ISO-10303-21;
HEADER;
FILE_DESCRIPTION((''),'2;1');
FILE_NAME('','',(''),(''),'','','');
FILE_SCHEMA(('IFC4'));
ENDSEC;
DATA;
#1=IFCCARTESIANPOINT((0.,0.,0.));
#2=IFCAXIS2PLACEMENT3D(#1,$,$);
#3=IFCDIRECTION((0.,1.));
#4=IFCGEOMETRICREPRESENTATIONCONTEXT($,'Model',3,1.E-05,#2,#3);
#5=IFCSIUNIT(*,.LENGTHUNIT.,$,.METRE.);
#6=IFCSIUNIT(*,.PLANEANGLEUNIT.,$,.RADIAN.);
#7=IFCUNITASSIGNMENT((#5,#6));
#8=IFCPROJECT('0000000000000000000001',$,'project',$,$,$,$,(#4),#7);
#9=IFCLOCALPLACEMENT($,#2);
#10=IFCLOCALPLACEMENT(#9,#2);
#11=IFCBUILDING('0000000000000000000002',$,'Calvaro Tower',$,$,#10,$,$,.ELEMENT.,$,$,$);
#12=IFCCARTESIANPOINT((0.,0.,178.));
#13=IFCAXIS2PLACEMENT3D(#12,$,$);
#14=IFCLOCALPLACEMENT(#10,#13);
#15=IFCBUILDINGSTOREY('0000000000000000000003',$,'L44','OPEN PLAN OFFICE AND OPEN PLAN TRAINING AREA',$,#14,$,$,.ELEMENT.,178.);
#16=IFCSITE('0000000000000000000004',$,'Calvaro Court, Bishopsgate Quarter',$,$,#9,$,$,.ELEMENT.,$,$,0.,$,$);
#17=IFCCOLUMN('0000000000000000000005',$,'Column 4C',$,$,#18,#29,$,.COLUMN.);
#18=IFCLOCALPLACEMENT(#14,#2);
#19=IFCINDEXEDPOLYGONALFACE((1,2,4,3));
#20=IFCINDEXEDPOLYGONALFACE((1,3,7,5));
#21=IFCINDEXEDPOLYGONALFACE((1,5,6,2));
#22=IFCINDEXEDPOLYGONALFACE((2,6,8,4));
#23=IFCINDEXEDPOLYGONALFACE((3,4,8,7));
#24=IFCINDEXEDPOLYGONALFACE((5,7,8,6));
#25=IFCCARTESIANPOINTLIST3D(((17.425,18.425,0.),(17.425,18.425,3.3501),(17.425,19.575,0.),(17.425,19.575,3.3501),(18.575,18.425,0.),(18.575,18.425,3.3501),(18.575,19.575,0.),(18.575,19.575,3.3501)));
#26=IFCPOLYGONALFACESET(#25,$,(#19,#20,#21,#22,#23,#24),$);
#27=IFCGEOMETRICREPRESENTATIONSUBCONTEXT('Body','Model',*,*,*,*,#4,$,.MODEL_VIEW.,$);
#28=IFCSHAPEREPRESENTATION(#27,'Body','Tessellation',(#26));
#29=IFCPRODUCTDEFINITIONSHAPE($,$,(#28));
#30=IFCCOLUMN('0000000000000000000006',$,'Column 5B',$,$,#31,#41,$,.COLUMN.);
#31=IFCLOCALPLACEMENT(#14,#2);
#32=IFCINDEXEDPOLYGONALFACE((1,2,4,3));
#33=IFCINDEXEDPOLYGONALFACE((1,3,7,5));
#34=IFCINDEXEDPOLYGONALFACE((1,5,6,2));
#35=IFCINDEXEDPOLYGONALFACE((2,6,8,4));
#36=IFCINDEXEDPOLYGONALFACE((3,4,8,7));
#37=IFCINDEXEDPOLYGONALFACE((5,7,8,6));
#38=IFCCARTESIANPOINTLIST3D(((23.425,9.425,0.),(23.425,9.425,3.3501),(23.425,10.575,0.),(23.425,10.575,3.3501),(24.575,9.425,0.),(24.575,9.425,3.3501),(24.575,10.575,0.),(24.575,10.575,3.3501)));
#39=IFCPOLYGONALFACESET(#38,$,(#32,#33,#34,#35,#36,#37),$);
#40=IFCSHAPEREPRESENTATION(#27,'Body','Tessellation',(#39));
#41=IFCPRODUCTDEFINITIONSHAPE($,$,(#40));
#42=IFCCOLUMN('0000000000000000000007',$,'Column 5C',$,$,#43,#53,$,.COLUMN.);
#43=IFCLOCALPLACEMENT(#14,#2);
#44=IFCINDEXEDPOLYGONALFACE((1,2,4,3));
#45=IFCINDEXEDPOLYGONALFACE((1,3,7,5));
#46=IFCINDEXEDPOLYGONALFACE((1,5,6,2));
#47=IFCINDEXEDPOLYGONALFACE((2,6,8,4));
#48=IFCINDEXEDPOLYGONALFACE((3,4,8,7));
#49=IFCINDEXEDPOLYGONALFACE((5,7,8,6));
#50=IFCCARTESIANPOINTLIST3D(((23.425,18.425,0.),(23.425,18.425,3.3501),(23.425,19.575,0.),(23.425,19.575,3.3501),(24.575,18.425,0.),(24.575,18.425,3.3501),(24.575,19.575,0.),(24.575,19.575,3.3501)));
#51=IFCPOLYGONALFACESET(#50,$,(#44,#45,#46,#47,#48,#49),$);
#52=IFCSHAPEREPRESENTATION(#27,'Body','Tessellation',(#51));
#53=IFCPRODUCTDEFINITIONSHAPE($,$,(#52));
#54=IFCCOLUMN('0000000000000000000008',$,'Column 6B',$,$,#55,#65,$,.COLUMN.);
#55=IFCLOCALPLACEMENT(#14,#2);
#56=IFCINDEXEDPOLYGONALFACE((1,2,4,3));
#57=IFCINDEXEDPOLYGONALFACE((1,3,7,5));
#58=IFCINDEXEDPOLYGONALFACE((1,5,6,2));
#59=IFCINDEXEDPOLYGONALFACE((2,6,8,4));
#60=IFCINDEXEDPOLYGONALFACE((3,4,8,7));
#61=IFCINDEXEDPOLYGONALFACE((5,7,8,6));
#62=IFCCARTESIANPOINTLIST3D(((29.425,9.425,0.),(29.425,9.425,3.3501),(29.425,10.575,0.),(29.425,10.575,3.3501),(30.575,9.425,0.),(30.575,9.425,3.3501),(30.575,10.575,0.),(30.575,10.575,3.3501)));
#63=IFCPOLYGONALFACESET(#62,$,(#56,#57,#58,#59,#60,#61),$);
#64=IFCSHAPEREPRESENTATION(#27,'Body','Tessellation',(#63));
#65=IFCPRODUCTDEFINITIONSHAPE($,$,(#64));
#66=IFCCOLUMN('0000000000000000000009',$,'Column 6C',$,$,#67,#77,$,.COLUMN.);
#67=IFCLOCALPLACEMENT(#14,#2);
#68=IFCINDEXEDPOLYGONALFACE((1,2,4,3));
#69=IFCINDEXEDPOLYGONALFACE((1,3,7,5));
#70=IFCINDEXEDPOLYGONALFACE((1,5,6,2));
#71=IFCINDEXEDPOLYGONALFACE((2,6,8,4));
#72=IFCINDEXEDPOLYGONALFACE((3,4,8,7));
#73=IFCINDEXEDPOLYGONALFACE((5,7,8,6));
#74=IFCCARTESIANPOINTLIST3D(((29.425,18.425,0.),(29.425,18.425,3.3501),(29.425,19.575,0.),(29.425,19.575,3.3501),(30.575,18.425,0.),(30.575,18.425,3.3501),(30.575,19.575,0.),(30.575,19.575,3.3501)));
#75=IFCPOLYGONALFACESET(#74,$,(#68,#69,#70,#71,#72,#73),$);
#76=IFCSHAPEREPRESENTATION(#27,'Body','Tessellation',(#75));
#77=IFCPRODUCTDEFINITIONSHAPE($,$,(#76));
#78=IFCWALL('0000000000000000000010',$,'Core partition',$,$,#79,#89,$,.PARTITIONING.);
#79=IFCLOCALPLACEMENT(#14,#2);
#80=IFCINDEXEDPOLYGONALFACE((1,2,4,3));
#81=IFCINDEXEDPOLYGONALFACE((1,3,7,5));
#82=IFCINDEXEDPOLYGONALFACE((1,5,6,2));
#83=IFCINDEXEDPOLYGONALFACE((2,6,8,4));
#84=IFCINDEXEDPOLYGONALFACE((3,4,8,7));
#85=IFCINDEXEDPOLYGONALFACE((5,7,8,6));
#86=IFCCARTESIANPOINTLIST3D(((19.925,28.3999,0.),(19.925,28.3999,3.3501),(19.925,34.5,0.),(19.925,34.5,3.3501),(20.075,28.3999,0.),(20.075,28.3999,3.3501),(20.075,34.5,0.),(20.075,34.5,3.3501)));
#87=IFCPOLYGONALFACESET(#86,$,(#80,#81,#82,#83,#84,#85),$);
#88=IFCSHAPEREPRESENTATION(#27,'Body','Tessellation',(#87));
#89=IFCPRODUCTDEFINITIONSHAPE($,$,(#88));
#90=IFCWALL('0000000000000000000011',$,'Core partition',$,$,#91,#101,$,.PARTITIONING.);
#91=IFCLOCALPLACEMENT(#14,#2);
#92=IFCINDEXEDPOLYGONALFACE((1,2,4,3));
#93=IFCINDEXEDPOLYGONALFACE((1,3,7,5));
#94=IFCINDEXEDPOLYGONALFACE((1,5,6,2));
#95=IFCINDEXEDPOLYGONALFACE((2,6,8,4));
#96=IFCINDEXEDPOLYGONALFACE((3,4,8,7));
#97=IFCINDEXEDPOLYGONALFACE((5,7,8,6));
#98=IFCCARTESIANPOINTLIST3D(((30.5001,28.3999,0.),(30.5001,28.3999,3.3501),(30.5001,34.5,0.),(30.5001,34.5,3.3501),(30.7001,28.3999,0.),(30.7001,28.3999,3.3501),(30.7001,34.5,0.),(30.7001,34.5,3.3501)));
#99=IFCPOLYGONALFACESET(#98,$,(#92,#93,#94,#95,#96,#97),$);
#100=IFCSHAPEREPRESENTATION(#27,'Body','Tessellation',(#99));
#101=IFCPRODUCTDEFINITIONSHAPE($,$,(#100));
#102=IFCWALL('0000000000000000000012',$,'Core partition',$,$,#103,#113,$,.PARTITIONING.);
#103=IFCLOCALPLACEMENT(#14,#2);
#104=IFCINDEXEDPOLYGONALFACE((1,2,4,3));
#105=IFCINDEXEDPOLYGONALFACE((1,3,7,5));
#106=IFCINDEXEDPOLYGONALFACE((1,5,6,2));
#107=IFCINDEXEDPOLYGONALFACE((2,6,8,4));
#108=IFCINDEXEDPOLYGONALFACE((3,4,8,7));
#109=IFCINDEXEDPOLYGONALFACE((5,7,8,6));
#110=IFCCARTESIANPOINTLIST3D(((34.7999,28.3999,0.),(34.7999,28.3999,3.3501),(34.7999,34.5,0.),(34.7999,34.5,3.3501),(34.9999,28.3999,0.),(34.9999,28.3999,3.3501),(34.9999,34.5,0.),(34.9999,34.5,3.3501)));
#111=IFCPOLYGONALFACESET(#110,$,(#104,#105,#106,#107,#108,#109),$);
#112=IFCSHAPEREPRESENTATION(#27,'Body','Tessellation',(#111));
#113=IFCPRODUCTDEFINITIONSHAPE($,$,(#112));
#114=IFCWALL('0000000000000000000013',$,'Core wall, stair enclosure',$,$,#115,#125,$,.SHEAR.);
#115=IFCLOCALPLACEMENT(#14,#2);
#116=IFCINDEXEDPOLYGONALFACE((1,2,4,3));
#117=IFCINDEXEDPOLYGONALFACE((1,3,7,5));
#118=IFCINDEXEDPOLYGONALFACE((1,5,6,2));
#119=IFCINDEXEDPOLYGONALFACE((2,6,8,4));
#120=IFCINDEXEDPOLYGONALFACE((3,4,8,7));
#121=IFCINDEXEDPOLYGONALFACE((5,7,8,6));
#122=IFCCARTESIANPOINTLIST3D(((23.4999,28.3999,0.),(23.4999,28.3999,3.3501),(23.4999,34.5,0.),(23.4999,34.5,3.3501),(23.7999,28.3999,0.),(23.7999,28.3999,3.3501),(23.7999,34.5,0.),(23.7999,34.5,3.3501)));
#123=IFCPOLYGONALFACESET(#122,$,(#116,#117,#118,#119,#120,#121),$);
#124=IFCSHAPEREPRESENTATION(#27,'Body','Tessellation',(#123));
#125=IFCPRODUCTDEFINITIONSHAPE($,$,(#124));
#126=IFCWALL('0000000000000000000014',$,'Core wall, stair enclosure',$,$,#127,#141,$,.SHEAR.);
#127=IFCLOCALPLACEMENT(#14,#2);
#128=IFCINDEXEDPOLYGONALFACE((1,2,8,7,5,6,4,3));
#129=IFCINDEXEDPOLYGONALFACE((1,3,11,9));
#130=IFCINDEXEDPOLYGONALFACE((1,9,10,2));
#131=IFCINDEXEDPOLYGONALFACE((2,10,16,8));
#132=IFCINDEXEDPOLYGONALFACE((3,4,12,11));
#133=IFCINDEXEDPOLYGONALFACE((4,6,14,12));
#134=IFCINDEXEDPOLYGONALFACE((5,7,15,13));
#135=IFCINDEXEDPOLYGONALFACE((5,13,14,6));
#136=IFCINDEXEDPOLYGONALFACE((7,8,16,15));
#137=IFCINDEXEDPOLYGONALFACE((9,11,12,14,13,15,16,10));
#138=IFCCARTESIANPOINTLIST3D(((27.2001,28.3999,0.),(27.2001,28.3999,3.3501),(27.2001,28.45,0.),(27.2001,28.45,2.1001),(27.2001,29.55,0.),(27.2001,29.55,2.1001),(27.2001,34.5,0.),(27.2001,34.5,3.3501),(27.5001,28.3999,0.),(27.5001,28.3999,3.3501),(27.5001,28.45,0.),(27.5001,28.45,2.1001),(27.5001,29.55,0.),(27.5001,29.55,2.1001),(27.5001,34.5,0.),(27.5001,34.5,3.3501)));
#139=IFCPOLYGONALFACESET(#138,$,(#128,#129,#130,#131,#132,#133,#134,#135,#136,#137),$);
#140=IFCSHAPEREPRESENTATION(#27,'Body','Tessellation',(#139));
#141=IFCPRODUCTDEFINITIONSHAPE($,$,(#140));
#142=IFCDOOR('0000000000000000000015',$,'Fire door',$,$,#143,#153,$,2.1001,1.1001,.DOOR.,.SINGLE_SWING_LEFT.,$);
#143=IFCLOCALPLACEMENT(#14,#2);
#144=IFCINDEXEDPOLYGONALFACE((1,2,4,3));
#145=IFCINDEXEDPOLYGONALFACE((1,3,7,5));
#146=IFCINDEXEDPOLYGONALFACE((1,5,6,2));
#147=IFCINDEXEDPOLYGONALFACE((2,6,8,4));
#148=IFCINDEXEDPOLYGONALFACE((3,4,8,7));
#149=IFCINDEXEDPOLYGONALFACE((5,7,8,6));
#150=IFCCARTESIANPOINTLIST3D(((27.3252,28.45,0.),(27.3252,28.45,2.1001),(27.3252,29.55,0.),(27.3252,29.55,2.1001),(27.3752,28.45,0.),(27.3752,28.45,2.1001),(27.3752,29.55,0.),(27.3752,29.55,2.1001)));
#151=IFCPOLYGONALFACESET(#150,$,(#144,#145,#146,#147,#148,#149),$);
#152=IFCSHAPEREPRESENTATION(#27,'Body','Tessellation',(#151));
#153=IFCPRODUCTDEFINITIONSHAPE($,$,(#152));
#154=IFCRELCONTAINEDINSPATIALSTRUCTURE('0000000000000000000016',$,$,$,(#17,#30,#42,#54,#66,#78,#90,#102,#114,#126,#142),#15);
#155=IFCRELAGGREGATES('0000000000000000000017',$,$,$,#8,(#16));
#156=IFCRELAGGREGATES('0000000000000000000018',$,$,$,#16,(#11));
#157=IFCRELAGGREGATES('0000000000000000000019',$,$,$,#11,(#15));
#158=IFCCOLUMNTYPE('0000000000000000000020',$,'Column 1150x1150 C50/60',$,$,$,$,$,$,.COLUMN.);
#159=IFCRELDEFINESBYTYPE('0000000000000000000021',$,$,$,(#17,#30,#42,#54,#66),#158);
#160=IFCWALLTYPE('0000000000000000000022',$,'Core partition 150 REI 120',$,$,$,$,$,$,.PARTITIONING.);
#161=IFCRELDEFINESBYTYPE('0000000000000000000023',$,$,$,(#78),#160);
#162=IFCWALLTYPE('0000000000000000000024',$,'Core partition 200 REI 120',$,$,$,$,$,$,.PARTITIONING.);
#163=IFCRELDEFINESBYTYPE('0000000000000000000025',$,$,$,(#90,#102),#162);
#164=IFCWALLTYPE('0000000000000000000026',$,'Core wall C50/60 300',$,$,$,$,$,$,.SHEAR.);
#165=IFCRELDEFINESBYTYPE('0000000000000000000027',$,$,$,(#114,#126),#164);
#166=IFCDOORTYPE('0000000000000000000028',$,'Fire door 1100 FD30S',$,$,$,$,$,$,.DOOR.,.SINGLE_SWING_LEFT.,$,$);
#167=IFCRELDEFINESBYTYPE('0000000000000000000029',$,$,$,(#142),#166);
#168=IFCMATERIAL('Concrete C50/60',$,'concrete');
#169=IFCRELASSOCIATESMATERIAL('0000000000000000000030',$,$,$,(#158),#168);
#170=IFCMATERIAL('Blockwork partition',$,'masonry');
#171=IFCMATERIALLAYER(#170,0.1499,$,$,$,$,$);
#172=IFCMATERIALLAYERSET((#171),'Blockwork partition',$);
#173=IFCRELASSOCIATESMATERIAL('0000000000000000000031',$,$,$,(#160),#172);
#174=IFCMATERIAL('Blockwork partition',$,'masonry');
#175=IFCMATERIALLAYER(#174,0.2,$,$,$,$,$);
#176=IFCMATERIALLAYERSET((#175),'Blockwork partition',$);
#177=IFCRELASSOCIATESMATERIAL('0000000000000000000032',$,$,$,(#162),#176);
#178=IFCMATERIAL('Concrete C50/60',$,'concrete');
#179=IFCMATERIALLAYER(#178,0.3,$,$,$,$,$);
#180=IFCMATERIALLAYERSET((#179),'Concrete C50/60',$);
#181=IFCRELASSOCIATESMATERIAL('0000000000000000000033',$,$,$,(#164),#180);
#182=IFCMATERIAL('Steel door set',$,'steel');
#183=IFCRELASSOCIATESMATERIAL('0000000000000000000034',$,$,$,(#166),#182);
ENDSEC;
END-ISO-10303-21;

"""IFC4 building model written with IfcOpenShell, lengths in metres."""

from ifc_helpers import new_model, si_unit, direction, frame, frame_2d, origin, origin_2d, place, context, subcontext, project, spatial, rectangle, extrude, material, layer, layer_set, material_profile, profile_set, type_object, element, fill, save


model = new_model("IFC4")

# Units and contexts
model_context = context("Model", 3, precision=1e-05, world=origin(), true_north=direction((0.0, 1.0)))
body_context = subcontext(model_context, "Body", "Model", "MODEL_VIEW")
ifc_project = project(units=[si_unit("LENGTHUNIT", "METRE"), si_unit("PLANEANGLEUNIT", "RADIAN")], contexts=[model_context])

# Site, building, storey
site_placement = place(None, origin())
site = spatial("IfcSite", under=ifc_project, at=site_placement, Name="Calvaro Court, Bishopsgate Quarter", CompositionType="ELEMENT", RefElevation=0.0)
building_placement = place(site_placement, origin())
building = spatial("IfcBuilding", under=site, at=building_placement, Name="Calvaro Tower", CompositionType="ELEMENT")
storey_placement = place(building_placement, frame((0.0, 0.0, 178.0)))
storey = spatial("IfcBuildingStorey", under=building, at=storey_placement, Name="L44", Description="OPEN PLAN OFFICE AND OPEN PLAN TRAINING AREA", CompositionType="ELEMENT", Elevation=178.0)

# Columns
ifc_material_1 = material(Name="Concrete C50/60", Category="concrete")
ifc_material_profile = material_profile(ifc_material_1, rectangle(XDim=1.1499, YDim=1.1499, at=origin_2d()), Name="RC 1150x1150")
ifc_profile_set = profile_set([ifc_material_profile], Name="Concrete C50/60")
column_type = type_object("IfcColumnType", Name="Column 1150x1150 C50/60", PredefinedType="COLUMN", material=ifc_profile_set)
for number, where, z_axis, x_axis, name in (
    (1, (18.0, 19.0, 0.0), (0.0, 0.0, 1.0), (1.0, 0.0, 0.0), "Column 4C"),
    (2, (24.0, 10.0, 0.0), (0.0, 0.0, 1.0), (1.0, 0.0, 0.0), "Column 5B"),
    (3, (24.0, 19.0, 0.0), (0.0, 0.0, 1.0), (1.0, 0.0, 0.0), "Column 5C"),
    (4, (30.0, 10.0, 0.0), (0.0, 0.0, 1.0), (1.0, 0.0, 0.0), "Column 6B"),
    (5, (30.0, 19.0, 0.0), (0.0, 0.0, 1.0), (1.0, 0.0, 0.0), "Column 6C"),
):
    element("IfcColumn", number, at=place(storey_placement, frame(where, z_axis=z_axis, x_axis=x_axis)), inside=storey, type_object=column_type, Name=name, PredefinedType="COLUMN", context=body_context, shape_type="SweptSolid", body=[
        extrude(rectangle(XDim=1.1499, YDim=1.1499, at=origin_2d()), origin(), (0.0, 0.0, 1.0), 3.3501),
    ])

# Walls
ifc_material_2 = material(Name="Blockwork partition", Category="masonry")
ifc_layer_1 = layer(ifc_material_2, 0.1499)
ifc_layer_set_1 = layer_set([ifc_layer_1], Name="Blockwork partition")
wall_type_1 = type_object("IfcWallType", Name="Core partition 150 REI 120", PredefinedType="PARTITIONING", material=ifc_layer_set_1)
wall_1_placement = place(storey_placement, frame((20.0, 28.3999, 0.0), z_axis=(0.0, 0.0, 1.0), x_axis=(0.0, 1.0, 0.0)))
element("IfcWall", 6, at=wall_1_placement, inside=storey, type_object=wall_type_1, Name="Core partition", PredefinedType="PARTITIONING", context=body_context, shape_type="SweptSolid", body=[
    extrude(rectangle(XDim=6.1001, YDim=0.1499, at=frame_2d((3.05, 0.0))), origin(), (0.0, 0.0, 1.0), 3.3501),
])
ifc_material_3 = material(Name="Blockwork partition", Category="masonry")
ifc_layer_2 = layer(ifc_material_3, 0.2)
ifc_layer_set_2 = layer_set([ifc_layer_2], Name="Blockwork partition")
wall_type_2 = type_object("IfcWallType", Name="Core partition 200 REI 120", PredefinedType="PARTITIONING", material=ifc_layer_set_2)
for number, where, z_axis, x_axis, name in (
    (7, (30.6001, 28.3999, 0.0), (0.0, 0.0, 1.0), (0.0, 1.0, 0.0), "Core partition"),
    (8, (34.8999, 28.3999, 0.0), (0.0, 0.0, 1.0), (0.0, 1.0, 0.0), "Core partition"),
):
    element("IfcWall", number, at=place(storey_placement, frame(where, z_axis=z_axis, x_axis=x_axis)), inside=storey, type_object=wall_type_2, Name=name, PredefinedType="PARTITIONING", context=body_context, shape_type="SweptSolid", body=[
        extrude(rectangle(XDim=6.1001, YDim=0.2, at=frame_2d((3.05, 0.0))), origin(), (0.0, 0.0, 1.0), 3.3501),
    ])
ifc_material_4 = material(Name="Concrete C50/60", Category="concrete")
ifc_layer_3 = layer(ifc_material_4, 0.3)
ifc_layer_set_3 = layer_set([ifc_layer_3], Name="Concrete C50/60")
wall_type_3 = type_object("IfcWallType", Name="Core wall C50/60 300", PredefinedType="SHEAR", material=ifc_layer_set_3)
wall_2_placement = place(storey_placement, frame((23.6499, 28.3999, 0.0), z_axis=(0.0, 0.0, 1.0), x_axis=(0.0, 1.0, 0.0)))
element("IfcWall", 9, at=wall_2_placement, inside=storey, type_object=wall_type_3, Name="Core wall, stair enclosure", PredefinedType="SHEAR", context=body_context, shape_type="SweptSolid", body=[
    extrude(rectangle(XDim=6.1001, YDim=0.3, at=frame_2d((3.05, 0.0))), origin(), (0.0, 0.0, 1.0), 3.3501),
])

# Wall, opening, door
wall_3_placement = place(storey_placement, frame((27.3501, 28.3999, 0.0), z_axis=(0.0, 0.0, 1.0), x_axis=(0.0, 1.0, 0.0)))
wall_3 = element("IfcWall", 10, at=wall_3_placement, inside=storey, type_object=wall_type_3, Name="Core wall, stair enclosure", PredefinedType="SHEAR", context=body_context, shape_type="SweptSolid", body=[
    extrude(rectangle(XDim=6.1001, YDim=0.3, at=frame_2d((3.05, 0.0))), origin(), (0.0, 0.0, 1.0), 3.3501),
])
opening_1_placement = place(wall_3_placement, frame((0.05, 0.0, 0.0)))
opening_1 = element("IfcOpeningElement", 11, at=opening_1_placement, cuts=wall_3, PredefinedType="OPENING", context=body_context, shape_type="SweptSolid", body=[
    extrude(rectangle(XDim=1.1001, YDim=2.1001, at=frame_2d((0.55, 1.05))), frame((0.0, 0.1599, 0.0), z_axis=(0.0, -1.0, 0.0), x_axis=(1.0, 0.0, 0.0)), (0.0, 0.0, 1.0), 0.3201),
])
ifc_material_5 = material(Name="Steel door set", Category="steel")
door_type_1 = type_object("IfcDoorType", Name="Fire door 1100 FD30S", OperationType="SINGLE_SWING_LEFT", PredefinedType="DOOR", material=ifc_material_5)
door_1_placement = place(opening_1_placement, origin())
door_1 = element("IfcDoor", 12, at=door_1_placement, inside=storey, type_object=door_type_1, Name="Fire door", OperationType="SINGLE_SWING_LEFT", OverallHeight=2.1001, OverallWidth=1.1001, PredefinedType="DOOR", context=body_context, shape_type="SweptSolid", body=[
    extrude(rectangle(XDim=1.1001, YDim=2.1001, at=frame_2d((0.55, 1.05))), frame((0.0, 0.0249, 0.0), z_axis=(0.0, -1.0, 0.0), x_axis=(1.0, 0.0, 0.0)), (0.0, 0.0, 1.0), 0.05),
])
fill(opening_1, door_1)

save(model, "model.ifc")
